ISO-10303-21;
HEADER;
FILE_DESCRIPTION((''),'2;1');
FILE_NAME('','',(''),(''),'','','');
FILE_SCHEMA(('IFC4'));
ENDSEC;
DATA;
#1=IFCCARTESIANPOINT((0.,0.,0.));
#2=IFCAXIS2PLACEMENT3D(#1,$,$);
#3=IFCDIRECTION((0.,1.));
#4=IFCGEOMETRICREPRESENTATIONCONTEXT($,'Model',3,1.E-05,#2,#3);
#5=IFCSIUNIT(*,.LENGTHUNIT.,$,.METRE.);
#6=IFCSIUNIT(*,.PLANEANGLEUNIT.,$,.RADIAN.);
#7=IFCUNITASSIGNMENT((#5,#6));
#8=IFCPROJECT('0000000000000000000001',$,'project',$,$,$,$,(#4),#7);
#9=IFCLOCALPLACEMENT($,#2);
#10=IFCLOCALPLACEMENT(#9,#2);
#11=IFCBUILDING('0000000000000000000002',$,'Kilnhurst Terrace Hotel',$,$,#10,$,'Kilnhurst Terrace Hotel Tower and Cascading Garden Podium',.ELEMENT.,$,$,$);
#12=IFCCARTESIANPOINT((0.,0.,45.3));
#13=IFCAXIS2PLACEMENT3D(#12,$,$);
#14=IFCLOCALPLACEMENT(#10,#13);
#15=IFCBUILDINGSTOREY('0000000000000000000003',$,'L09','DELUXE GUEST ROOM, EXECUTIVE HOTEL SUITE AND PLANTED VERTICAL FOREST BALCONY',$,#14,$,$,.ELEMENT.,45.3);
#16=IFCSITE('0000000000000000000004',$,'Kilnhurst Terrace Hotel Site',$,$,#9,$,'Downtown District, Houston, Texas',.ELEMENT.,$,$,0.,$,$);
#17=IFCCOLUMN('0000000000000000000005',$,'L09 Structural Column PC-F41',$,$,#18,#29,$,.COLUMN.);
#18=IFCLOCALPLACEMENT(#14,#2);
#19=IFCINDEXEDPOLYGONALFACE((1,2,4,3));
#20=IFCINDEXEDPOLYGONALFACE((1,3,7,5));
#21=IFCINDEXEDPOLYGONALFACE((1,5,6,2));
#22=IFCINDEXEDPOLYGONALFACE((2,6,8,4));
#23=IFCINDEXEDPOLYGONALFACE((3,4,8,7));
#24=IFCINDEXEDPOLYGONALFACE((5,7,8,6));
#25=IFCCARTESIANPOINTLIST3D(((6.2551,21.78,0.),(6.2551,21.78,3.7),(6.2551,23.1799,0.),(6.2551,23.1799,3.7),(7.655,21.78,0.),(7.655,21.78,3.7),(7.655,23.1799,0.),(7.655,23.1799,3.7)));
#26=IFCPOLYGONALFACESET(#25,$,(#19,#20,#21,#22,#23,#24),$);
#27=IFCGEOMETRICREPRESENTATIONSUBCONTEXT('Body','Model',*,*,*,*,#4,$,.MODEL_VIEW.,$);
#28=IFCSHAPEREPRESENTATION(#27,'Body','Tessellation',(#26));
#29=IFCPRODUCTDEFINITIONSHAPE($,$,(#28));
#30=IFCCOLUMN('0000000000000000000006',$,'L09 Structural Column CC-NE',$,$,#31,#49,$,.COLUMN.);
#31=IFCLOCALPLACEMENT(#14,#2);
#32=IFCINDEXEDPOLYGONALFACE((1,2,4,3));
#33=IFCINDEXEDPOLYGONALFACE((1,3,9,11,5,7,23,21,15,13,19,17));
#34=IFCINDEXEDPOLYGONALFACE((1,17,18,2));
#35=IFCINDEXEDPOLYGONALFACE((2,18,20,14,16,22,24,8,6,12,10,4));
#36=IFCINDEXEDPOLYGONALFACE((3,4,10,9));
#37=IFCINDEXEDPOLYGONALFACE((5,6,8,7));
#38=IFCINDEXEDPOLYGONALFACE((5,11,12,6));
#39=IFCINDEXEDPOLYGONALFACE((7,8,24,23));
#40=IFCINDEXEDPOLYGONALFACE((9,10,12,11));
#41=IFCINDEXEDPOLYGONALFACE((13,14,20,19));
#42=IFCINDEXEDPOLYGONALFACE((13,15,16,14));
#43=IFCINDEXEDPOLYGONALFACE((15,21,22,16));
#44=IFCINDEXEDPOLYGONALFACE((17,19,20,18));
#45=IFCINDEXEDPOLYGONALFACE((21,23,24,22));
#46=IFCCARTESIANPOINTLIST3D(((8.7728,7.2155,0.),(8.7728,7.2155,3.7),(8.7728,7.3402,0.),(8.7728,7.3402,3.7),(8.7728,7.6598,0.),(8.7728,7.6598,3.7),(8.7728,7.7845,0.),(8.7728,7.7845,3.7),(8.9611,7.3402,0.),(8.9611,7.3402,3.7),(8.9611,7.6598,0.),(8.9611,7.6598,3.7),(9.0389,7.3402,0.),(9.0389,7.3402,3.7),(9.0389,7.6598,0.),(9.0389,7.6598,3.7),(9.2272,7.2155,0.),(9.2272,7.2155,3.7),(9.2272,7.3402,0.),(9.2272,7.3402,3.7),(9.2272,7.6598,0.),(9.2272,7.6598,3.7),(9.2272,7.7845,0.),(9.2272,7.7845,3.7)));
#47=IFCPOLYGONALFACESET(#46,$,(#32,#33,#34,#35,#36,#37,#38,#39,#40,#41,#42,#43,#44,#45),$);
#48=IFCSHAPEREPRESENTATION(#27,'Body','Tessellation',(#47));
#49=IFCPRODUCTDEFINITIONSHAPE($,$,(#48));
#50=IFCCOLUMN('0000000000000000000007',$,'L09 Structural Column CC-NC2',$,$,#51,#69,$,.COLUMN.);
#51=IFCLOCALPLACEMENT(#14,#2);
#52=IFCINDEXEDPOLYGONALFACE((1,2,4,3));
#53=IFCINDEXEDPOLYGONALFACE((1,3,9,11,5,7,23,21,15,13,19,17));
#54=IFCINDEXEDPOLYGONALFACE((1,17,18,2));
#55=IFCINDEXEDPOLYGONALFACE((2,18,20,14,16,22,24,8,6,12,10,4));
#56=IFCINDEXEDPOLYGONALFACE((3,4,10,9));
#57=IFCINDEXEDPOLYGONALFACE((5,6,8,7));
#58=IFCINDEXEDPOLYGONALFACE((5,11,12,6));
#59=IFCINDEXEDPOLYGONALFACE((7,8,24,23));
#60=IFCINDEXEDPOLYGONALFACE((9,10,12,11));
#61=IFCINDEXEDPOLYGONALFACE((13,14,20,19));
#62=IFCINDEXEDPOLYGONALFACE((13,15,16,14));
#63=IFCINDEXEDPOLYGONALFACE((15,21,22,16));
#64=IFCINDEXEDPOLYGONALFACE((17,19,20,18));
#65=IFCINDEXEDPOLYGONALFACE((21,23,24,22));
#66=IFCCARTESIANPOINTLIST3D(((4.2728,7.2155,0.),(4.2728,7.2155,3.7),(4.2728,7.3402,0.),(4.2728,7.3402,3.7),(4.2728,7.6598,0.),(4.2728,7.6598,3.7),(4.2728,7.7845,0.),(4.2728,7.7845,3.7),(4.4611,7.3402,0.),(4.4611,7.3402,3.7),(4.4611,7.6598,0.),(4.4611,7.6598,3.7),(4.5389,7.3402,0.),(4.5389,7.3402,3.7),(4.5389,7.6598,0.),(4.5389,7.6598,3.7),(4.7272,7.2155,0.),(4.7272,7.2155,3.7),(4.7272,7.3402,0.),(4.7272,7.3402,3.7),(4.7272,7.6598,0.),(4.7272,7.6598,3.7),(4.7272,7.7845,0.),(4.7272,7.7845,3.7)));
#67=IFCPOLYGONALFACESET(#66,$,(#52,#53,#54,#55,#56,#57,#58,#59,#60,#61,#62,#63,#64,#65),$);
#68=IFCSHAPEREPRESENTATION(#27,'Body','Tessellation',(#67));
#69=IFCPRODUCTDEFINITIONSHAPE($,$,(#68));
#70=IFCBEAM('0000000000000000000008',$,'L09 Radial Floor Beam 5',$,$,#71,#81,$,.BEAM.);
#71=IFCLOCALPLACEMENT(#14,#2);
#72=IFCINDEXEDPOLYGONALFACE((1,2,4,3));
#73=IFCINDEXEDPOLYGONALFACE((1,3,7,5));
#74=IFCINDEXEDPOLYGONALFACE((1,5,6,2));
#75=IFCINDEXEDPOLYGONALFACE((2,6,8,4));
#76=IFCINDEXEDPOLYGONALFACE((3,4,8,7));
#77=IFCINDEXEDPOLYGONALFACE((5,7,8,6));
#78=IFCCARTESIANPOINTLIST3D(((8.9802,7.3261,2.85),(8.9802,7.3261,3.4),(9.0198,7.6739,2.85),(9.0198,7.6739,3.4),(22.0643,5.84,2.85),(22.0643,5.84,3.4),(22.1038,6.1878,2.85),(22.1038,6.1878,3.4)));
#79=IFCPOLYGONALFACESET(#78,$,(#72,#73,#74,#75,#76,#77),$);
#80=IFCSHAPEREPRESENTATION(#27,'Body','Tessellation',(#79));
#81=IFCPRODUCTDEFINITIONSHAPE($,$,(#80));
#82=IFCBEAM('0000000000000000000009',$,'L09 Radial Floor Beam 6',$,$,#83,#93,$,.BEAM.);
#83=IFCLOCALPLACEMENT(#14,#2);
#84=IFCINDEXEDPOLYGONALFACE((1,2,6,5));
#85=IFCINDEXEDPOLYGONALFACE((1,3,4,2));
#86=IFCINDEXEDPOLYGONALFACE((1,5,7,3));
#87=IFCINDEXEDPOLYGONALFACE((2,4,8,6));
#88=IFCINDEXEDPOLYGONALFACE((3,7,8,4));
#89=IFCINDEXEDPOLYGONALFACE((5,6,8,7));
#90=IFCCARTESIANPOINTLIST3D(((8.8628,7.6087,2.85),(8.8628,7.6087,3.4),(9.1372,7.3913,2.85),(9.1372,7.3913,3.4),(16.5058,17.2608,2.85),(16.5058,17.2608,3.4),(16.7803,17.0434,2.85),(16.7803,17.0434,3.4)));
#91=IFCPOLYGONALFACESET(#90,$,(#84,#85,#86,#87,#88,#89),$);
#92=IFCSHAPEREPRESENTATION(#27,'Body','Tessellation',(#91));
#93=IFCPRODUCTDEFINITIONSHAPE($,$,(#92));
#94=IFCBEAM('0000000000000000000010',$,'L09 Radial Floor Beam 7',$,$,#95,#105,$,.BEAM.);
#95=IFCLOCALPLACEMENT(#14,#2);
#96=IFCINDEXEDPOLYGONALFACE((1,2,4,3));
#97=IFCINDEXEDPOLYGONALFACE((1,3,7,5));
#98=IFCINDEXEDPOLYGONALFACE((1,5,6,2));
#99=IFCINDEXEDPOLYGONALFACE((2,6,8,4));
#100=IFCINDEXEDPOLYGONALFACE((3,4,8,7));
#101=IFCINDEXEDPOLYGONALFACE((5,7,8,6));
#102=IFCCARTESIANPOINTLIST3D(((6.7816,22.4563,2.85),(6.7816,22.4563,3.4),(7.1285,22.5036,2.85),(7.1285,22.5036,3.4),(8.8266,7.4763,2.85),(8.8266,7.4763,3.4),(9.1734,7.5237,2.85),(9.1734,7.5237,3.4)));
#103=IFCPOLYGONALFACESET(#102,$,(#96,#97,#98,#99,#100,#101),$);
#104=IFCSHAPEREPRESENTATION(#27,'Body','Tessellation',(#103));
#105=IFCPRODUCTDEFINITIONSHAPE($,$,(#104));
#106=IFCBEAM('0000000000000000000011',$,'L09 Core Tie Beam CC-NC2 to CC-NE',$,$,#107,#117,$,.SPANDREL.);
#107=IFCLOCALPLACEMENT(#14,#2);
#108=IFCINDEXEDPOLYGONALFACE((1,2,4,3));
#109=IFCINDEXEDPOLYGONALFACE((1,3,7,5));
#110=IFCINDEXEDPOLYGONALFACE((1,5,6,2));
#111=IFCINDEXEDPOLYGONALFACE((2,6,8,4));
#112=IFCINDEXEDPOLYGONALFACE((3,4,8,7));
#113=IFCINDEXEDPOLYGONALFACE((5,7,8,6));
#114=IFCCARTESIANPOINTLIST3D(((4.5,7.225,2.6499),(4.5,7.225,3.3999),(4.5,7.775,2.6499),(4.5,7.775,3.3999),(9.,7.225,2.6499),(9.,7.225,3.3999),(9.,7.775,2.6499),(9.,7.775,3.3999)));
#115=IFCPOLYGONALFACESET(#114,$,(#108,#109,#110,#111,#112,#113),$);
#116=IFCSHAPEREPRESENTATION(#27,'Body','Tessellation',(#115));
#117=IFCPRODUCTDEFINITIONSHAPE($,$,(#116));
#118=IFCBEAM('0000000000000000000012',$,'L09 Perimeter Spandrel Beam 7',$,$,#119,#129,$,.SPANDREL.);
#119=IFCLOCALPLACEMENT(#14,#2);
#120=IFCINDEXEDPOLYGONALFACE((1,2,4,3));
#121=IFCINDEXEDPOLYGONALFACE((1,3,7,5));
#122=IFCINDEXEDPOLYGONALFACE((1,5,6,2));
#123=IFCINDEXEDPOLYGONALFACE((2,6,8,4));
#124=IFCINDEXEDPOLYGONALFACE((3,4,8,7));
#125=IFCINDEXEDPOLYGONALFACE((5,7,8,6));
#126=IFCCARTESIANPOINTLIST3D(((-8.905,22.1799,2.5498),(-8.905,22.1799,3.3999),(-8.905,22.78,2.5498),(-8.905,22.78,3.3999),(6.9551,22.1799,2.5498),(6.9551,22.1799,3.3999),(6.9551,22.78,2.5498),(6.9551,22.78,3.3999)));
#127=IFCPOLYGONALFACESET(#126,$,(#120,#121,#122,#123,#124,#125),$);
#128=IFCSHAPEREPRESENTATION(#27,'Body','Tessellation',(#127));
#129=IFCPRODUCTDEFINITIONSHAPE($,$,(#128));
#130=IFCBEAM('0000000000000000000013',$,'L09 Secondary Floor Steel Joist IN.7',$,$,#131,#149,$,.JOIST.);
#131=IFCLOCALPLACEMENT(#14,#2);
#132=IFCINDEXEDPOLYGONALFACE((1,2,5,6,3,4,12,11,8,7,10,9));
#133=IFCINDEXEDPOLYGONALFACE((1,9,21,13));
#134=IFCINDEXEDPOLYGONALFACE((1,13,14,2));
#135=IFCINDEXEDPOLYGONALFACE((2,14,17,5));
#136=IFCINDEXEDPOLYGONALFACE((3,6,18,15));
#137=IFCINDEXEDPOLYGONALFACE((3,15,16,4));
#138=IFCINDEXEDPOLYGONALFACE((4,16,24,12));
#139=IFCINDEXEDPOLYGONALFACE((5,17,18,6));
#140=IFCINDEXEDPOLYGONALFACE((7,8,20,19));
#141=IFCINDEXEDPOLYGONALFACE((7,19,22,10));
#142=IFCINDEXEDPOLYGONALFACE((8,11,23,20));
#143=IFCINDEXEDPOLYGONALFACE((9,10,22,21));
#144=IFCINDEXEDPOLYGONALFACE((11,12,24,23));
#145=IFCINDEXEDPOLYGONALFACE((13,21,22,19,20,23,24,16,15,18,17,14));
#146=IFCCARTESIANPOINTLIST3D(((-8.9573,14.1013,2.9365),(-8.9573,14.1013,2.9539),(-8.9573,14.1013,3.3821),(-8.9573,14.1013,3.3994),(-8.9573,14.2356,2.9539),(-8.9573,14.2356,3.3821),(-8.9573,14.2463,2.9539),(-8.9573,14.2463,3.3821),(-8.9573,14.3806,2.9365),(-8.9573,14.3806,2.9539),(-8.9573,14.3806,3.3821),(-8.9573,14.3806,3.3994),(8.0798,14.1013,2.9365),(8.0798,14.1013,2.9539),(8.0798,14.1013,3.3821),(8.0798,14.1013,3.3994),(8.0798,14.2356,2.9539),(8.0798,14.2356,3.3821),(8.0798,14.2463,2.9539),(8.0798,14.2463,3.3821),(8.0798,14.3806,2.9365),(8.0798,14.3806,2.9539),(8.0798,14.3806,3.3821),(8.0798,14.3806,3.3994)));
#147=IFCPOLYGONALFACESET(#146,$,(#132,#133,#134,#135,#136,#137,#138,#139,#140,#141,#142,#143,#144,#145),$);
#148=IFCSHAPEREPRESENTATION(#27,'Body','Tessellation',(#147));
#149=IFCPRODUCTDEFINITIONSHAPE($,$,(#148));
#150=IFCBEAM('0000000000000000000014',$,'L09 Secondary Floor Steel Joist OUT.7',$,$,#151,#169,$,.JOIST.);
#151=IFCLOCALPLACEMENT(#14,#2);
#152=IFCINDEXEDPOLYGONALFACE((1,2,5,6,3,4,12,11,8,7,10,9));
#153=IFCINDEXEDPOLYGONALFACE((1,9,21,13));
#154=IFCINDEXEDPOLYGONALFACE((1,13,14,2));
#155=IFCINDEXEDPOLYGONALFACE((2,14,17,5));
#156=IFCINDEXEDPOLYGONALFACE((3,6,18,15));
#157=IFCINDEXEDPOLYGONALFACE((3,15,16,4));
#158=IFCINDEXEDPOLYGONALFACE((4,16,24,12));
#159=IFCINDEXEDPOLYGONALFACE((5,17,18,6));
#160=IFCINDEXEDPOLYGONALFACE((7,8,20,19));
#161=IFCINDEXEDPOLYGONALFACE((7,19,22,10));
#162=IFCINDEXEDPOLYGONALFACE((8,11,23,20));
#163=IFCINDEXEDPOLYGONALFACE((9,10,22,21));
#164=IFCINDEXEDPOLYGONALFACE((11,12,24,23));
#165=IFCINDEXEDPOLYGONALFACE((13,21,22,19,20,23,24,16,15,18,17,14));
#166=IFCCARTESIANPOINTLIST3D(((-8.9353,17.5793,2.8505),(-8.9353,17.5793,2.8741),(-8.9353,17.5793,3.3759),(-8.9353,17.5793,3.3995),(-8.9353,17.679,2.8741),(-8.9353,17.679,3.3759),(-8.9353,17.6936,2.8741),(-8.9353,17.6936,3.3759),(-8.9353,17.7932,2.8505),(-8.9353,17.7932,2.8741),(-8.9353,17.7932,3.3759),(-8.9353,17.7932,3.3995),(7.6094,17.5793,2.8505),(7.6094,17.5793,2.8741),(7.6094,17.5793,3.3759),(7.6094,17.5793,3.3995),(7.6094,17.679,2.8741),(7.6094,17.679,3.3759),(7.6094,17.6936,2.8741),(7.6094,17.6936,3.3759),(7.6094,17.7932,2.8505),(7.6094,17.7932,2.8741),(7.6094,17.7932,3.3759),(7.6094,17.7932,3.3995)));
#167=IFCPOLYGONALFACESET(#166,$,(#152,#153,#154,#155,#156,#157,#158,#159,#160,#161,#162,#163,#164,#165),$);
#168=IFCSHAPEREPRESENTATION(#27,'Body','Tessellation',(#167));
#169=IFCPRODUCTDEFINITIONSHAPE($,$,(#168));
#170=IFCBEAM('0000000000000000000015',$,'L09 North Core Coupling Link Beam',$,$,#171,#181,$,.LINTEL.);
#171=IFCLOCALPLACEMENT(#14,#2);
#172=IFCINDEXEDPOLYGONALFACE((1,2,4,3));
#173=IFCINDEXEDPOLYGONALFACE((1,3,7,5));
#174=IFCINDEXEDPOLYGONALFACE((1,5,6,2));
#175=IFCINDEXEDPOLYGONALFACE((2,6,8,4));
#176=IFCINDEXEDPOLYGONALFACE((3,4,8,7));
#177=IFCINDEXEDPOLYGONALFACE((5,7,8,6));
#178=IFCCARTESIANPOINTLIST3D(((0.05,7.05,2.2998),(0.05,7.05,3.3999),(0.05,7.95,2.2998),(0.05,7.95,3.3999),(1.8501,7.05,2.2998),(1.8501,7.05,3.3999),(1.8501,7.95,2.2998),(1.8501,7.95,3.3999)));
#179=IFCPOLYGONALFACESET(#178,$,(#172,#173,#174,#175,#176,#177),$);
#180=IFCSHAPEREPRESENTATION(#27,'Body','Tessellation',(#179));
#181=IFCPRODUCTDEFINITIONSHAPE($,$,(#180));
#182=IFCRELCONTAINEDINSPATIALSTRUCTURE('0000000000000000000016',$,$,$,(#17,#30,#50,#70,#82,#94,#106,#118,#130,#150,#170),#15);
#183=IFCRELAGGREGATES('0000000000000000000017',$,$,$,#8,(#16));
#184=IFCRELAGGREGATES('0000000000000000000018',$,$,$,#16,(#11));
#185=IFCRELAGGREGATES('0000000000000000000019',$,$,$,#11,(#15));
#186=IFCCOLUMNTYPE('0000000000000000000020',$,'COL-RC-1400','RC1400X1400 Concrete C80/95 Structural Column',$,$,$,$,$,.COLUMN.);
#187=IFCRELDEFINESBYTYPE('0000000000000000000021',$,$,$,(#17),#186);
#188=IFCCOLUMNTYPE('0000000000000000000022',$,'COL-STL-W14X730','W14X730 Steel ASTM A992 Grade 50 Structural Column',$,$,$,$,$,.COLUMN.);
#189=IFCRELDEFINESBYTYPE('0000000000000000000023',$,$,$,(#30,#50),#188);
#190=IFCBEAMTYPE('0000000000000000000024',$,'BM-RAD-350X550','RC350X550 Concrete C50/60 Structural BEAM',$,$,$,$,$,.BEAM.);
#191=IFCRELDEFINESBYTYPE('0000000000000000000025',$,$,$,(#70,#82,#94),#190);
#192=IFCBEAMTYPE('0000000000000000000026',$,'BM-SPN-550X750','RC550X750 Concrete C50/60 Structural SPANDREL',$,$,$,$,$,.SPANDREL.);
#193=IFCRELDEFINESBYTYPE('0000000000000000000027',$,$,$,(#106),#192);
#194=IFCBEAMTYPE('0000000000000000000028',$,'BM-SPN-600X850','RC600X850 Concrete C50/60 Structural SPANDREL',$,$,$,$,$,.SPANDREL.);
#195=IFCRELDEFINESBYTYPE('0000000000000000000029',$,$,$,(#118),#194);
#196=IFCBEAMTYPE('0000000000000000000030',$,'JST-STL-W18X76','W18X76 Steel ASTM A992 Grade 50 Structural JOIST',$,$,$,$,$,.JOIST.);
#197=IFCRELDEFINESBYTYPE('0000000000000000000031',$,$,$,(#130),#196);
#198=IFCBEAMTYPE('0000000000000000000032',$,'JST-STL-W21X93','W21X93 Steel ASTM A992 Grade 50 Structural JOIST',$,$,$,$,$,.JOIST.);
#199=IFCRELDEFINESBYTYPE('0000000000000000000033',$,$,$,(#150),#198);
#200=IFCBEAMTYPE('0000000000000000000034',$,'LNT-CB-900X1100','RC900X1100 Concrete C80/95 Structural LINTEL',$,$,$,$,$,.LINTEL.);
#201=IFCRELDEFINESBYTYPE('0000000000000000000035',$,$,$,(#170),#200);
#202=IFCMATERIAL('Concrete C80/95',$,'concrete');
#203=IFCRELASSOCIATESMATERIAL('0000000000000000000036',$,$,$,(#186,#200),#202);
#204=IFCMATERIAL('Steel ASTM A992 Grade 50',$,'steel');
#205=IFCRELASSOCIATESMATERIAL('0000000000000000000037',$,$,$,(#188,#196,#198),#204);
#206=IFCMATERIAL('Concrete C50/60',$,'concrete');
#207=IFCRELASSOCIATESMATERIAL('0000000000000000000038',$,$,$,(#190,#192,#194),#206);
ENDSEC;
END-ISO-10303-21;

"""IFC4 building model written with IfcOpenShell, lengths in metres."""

from ifc_helpers import new_model, si_unit, direction, frame, origin, origin_2d, place, context, subcontext, project, spatial, rectangle, i_section, extrude, material, material_profile, profile_set, type_object, element, save


model = new_model("IFC4")

# Units and contexts
model_context = context("Model", 3, precision=1e-05, world=origin(), true_north=direction((0.0, 1.0)))
body_context = subcontext(model_context, "Body", "Model", "MODEL_VIEW")
ifc_project = project(units=[si_unit("LENGTHUNIT", "METRE"), si_unit("PLANEANGLEUNIT", "RADIAN")], contexts=[model_context])

# Site, building, storey
site_placement = place(None, origin())
site = spatial("IfcSite", under=ifc_project, at=site_placement, Name="Kilnhurst Terrace Hotel Site", LongName="Downtown District, Houston, Texas", CompositionType="ELEMENT", RefElevation=0.0)
building_placement = place(site_placement, origin())
building = spatial("IfcBuilding", under=site, at=building_placement, Name="Kilnhurst Terrace Hotel", LongName="Kilnhurst Terrace Hotel Tower and Cascading Garden Podium", CompositionType="ELEMENT")
storey_placement = place(building_placement, frame((0.0, 0.0, 45.3)))
storey = spatial("IfcBuildingStorey", under=building, at=storey_placement, Name="L09", Description="DELUXE GUEST ROOM, EXECUTIVE HOTEL SUITE AND PLANTED VERTICAL FOREST BALCONY", CompositionType="ELEMENT", Elevation=45.3)

# Columns
ifc_material_1 = material(Name="Concrete C80/95", Category="concrete")
ifc_material_profile_1 = material_profile(ifc_material_1, rectangle(XDim=1.3999, YDim=1.3999, at=origin_2d()), Name="RC1400X1400")
ifc_profile_set_1 = profile_set([ifc_material_profile_1], Name="Concrete C80/95")
column_type_1 = type_object("IfcColumnType", Name="COL-RC-1400", Description="RC1400X1400 Concrete C80/95 Structural Column", PredefinedType="COLUMN", material=ifc_profile_set_1)
column_placement = place(storey_placement, frame((6.9551, 22.48, 0.0), z_axis=(0.0, 0.0, 1.0), x_axis=(1.0, 0.0, 0.0)))
element("IfcColumn", 1, at=column_placement, inside=storey, type_object=column_type_1, Name="L09 Structural Column PC-F41", PredefinedType="COLUMN", context=body_context, shape_type="SweptSolid", body=[
    extrude(rectangle(XDim=1.3999, YDim=1.3999, at=origin_2d()), origin(), (0.0, 0.0, 1.0), 3.7),
])
ifc_material_2 = material(Name="Steel ASTM A992 Grade 50", Category="steel")
ifc_material_profile_2 = material_profile(ifc_material_2, i_section(OverallWidth=0.4543, OverallDepth=0.5691, WebThickness=0.0779, FlangeThickness=0.1248, at=origin_2d()), Name="W14X730")
ifc_profile_set_2 = profile_set([ifc_material_profile_2], Name="Steel ASTM A992 Grade 50")
column_type_2 = type_object("IfcColumnType", Name="COL-STL-W14X730", Description="W14X730 Steel ASTM A992 Grade 50 Structural Column", PredefinedType="COLUMN", material=ifc_profile_set_2)
for number, where, z_axis, x_axis, name in (
    (2, (9.0, 7.5, 0.0), (0.0, 0.0, 1.0), (1.0, 0.0, 0.0), "L09 Structural Column CC-NE"),
    (3, (4.5, 7.5, 0.0), (0.0, 0.0, 1.0), (1.0, 0.0, 0.0), "L09 Structural Column CC-NC2"),
):
    element("IfcColumn", number, at=place(storey_placement, frame(where, z_axis=z_axis, x_axis=x_axis)), inside=storey, type_object=column_type_2, Name=name, PredefinedType="COLUMN", context=body_context, shape_type="SweptSolid", body=[
        extrude(i_section(OverallWidth=0.4543, OverallDepth=0.5691, WebThickness=0.0779, FlangeThickness=0.1248, at=origin_2d()), origin(), (0.0, 0.0, 1.0), 3.7),
    ])

# Beams
ifc_material_3 = material(Name="Concrete C50/60", Category="concrete")
ifc_material_profile_3 = material_profile(ifc_material_3, rectangle(XDim=0.3501, YDim=0.55, at=origin_2d()), Name="RC350X550")
ifc_profile_set_3 = profile_set([ifc_material_profile_3], Name="Concrete C50/60")
beam_type_1 = type_object("IfcBeamType", Name="BM-RAD-350X550", Description="RC350X550 Concrete C50/60 Structural BEAM", PredefinedType="BEAM", material=ifc_profile_set_3)
beam_1_placement = place(storey_placement, frame((9.0, 7.5, 3.125), z_axis=(0.993611, -0.112855, 0.0), x_axis=(0.112855, 0.993611, 0.0)))
element("IfcBeam", 4, at=beam_1_placement, inside=storey, type_object=beam_type_1, Name="L09 Radial Floor Beam 5", PredefinedType="BEAM", context=body_context, shape_type="SweptSolid", body=[
    extrude(rectangle(XDim=0.3501, YDim=0.55, at=origin_2d()), origin(), (0.0, 0.0, 1.0), 13.1682),
])
beam_2_placement = place(storey_placement, frame((9.0, 7.5, 3.125), z_axis=(0.620794, 0.783974, 0.0), x_axis=(-0.783974, 0.620794, 0.0)))
element("IfcBeam", 5, at=beam_2_placement, inside=storey, type_object=beam_type_1, Name="L09 Radial Floor Beam 6", PredefinedType="BEAM", context=body_context, shape_type="SweptSolid", body=[
    extrude(rectangle(XDim=0.3501, YDim=0.55, at=origin_2d()), origin(), (0.0, 0.0, 1.0), 12.3118),
])
beam_3_placement = place(storey_placement, frame((9.0, 7.5, 3.125), z_axis=(-0.135256, 0.990811, 0.0), x_axis=(-0.990811, -0.135256, 0.0)))
element("IfcBeam", 6, at=beam_3_placement, inside=storey, type_object=beam_type_1, Name="L09 Radial Floor Beam 7", PredefinedType="BEAM", context=body_context, shape_type="SweptSolid", body=[
    extrude(rectangle(XDim=0.3501, YDim=0.55, at=origin_2d()), origin(), (0.0, 0.0, 1.0), 15.1189),
])
ifc_material_profile_4 = material_profile(ifc_material_3, rectangle(XDim=0.55, YDim=0.75, at=origin_2d()), Name="RC550X750")
ifc_profile_set_4 = profile_set([ifc_material_profile_4], Name="Concrete C50/60")
beam_type_2 = type_object("IfcBeamType", Name="BM-SPN-550X750", Description="RC550X750 Concrete C50/60 Structural SPANDREL", PredefinedType="SPANDREL", material=ifc_profile_set_4)
beam_4_placement = place(storey_placement, frame((4.5, 7.5, 3.0249), z_axis=(1.0, 0.0, 0.0), x_axis=(0.0, 1.0, 0.0)))
element("IfcBeam", 7, at=beam_4_placement, inside=storey, type_object=beam_type_2, Name="L09 Core Tie Beam CC-NC2 to CC-NE", PredefinedType="SPANDREL", context=body_context, shape_type="SweptSolid", body=[
    extrude(rectangle(XDim=0.55, YDim=0.75, at=origin_2d()), origin(), (0.0, 0.0, 1.0), 4.5),
])
ifc_material_profile_5 = material_profile(ifc_material_3, rectangle(XDim=0.6001, YDim=0.8501, at=origin_2d()), Name="RC600X850")
ifc_profile_set_5 = profile_set([ifc_material_profile_5], Name="Concrete C50/60")
beam_type_3 = type_object("IfcBeamType", Name="BM-SPN-600X850", Description="RC600X850 Concrete C50/60 Structural SPANDREL", PredefinedType="SPANDREL", material=ifc_profile_set_5)
beam_5_placement = place(storey_placement, frame((6.9551, 22.48, 2.9749), z_axis=(-1.0, 0.0, 0.0), x_axis=(0.0, -1.0, 0.0)))
element("IfcBeam", 8, at=beam_5_placement, inside=storey, type_object=beam_type_3, Name="L09 Perimeter Spandrel Beam 7", PredefinedType="SPANDREL", context=body_context, shape_type="SweptSolid", body=[
    extrude(rectangle(XDim=0.6001, YDim=0.8501, at=origin_2d()), origin(), (0.0, 0.0, 1.0), 15.8601),
])
ifc_material_profile_6 = material_profile(ifc_material_2, i_section(OverallWidth=0.2793, OverallDepth=0.4629, WebThickness=0.0107, FlangeThickness=0.0173, at=origin_2d()), Name="W18X76")
ifc_profile_set_6 = profile_set([ifc_material_profile_6], Name="Steel ASTM A992 Grade 50")
beam_type_4 = type_object("IfcBeamType", Name="JST-STL-W18X76", Description="W18X76 Steel ASTM A992 Grade 50 Structural JOIST", PredefinedType="JOIST", material=ifc_profile_set_6)
beam_6_placement = place(storey_placement, frame((8.0798, 14.241, 3.168), z_axis=(-1.0, 0.0, 0.0), x_axis=(0.0, -1.0, 0.0)))
element("IfcBeam", 9, at=beam_6_placement, inside=storey, type_object=beam_type_4, Name="L09 Secondary Floor Steel Joist IN.7", PredefinedType="JOIST", context=body_context, shape_type="SweptSolid", body=[
    extrude(i_section(OverallWidth=0.2793, OverallDepth=0.4629, WebThickness=0.0107, FlangeThickness=0.0173, at=origin_2d()), origin(), (0.0, 0.0, 1.0), 17.0371),
])
ifc_material_profile_7 = material_profile(ifc_material_2, i_section(OverallWidth=0.2139, OverallDepth=0.5491, WebThickness=0.0146, FlangeThickness=0.0237, at=origin_2d()), Name="W21X93")
ifc_profile_set_7 = profile_set([ifc_material_profile_7], Name="Steel ASTM A992 Grade 50")
beam_type_5 = type_object("IfcBeamType", Name="JST-STL-W21X93", Description="W21X93 Steel ASTM A992 Grade 50 Structural JOIST", PredefinedType="JOIST", material=ifc_profile_set_7)
beam_7_placement = place(storey_placement, frame((7.6094, 17.6863, 3.125), z_axis=(-1.0, 0.0, 0.0), x_axis=(0.0, -1.0, 0.0)))
element("IfcBeam", 10, at=beam_7_placement, inside=storey, type_object=beam_type_5, Name="L09 Secondary Floor Steel Joist OUT.7", PredefinedType="JOIST", context=body_context, shape_type="SweptSolid", body=[
    extrude(i_section(OverallWidth=0.2139, OverallDepth=0.5491, WebThickness=0.0146, FlangeThickness=0.0237, at=origin_2d()), origin(), (0.0, 0.0, 1.0), 16.5447),
])
ifc_material_profile_8 = material_profile(ifc_material_1, rectangle(XDim=0.8999, YDim=1.1001, at=origin_2d()), Name="RC900X1100")
ifc_profile_set_8 = profile_set([ifc_material_profile_8], Name="Concrete C80/95")
beam_type_6 = type_object("IfcBeamType", Name="LNT-CB-900X1100", Description="RC900X1100 Concrete C80/95 Structural LINTEL", PredefinedType="LINTEL", material=ifc_profile_set_8)
beam_8_placement = place(storey_placement, frame((0.05, 7.5, 2.8499), z_axis=(1.0, 0.0, 0.0), x_axis=(0.0, 1.0, 0.0)))
element("IfcBeam", 11, at=beam_8_placement, inside=storey, type_object=beam_type_6, Name="L09 North Core Coupling Link Beam", PredefinedType="LINTEL", context=body_context, shape_type="SweptSolid", body=[
    extrude(rectangle(XDim=0.8999, YDim=1.1001, at=origin_2d()), origin(), (0.0, 0.0, 1.0), 1.8),
])

save(model, "model.ifc")
